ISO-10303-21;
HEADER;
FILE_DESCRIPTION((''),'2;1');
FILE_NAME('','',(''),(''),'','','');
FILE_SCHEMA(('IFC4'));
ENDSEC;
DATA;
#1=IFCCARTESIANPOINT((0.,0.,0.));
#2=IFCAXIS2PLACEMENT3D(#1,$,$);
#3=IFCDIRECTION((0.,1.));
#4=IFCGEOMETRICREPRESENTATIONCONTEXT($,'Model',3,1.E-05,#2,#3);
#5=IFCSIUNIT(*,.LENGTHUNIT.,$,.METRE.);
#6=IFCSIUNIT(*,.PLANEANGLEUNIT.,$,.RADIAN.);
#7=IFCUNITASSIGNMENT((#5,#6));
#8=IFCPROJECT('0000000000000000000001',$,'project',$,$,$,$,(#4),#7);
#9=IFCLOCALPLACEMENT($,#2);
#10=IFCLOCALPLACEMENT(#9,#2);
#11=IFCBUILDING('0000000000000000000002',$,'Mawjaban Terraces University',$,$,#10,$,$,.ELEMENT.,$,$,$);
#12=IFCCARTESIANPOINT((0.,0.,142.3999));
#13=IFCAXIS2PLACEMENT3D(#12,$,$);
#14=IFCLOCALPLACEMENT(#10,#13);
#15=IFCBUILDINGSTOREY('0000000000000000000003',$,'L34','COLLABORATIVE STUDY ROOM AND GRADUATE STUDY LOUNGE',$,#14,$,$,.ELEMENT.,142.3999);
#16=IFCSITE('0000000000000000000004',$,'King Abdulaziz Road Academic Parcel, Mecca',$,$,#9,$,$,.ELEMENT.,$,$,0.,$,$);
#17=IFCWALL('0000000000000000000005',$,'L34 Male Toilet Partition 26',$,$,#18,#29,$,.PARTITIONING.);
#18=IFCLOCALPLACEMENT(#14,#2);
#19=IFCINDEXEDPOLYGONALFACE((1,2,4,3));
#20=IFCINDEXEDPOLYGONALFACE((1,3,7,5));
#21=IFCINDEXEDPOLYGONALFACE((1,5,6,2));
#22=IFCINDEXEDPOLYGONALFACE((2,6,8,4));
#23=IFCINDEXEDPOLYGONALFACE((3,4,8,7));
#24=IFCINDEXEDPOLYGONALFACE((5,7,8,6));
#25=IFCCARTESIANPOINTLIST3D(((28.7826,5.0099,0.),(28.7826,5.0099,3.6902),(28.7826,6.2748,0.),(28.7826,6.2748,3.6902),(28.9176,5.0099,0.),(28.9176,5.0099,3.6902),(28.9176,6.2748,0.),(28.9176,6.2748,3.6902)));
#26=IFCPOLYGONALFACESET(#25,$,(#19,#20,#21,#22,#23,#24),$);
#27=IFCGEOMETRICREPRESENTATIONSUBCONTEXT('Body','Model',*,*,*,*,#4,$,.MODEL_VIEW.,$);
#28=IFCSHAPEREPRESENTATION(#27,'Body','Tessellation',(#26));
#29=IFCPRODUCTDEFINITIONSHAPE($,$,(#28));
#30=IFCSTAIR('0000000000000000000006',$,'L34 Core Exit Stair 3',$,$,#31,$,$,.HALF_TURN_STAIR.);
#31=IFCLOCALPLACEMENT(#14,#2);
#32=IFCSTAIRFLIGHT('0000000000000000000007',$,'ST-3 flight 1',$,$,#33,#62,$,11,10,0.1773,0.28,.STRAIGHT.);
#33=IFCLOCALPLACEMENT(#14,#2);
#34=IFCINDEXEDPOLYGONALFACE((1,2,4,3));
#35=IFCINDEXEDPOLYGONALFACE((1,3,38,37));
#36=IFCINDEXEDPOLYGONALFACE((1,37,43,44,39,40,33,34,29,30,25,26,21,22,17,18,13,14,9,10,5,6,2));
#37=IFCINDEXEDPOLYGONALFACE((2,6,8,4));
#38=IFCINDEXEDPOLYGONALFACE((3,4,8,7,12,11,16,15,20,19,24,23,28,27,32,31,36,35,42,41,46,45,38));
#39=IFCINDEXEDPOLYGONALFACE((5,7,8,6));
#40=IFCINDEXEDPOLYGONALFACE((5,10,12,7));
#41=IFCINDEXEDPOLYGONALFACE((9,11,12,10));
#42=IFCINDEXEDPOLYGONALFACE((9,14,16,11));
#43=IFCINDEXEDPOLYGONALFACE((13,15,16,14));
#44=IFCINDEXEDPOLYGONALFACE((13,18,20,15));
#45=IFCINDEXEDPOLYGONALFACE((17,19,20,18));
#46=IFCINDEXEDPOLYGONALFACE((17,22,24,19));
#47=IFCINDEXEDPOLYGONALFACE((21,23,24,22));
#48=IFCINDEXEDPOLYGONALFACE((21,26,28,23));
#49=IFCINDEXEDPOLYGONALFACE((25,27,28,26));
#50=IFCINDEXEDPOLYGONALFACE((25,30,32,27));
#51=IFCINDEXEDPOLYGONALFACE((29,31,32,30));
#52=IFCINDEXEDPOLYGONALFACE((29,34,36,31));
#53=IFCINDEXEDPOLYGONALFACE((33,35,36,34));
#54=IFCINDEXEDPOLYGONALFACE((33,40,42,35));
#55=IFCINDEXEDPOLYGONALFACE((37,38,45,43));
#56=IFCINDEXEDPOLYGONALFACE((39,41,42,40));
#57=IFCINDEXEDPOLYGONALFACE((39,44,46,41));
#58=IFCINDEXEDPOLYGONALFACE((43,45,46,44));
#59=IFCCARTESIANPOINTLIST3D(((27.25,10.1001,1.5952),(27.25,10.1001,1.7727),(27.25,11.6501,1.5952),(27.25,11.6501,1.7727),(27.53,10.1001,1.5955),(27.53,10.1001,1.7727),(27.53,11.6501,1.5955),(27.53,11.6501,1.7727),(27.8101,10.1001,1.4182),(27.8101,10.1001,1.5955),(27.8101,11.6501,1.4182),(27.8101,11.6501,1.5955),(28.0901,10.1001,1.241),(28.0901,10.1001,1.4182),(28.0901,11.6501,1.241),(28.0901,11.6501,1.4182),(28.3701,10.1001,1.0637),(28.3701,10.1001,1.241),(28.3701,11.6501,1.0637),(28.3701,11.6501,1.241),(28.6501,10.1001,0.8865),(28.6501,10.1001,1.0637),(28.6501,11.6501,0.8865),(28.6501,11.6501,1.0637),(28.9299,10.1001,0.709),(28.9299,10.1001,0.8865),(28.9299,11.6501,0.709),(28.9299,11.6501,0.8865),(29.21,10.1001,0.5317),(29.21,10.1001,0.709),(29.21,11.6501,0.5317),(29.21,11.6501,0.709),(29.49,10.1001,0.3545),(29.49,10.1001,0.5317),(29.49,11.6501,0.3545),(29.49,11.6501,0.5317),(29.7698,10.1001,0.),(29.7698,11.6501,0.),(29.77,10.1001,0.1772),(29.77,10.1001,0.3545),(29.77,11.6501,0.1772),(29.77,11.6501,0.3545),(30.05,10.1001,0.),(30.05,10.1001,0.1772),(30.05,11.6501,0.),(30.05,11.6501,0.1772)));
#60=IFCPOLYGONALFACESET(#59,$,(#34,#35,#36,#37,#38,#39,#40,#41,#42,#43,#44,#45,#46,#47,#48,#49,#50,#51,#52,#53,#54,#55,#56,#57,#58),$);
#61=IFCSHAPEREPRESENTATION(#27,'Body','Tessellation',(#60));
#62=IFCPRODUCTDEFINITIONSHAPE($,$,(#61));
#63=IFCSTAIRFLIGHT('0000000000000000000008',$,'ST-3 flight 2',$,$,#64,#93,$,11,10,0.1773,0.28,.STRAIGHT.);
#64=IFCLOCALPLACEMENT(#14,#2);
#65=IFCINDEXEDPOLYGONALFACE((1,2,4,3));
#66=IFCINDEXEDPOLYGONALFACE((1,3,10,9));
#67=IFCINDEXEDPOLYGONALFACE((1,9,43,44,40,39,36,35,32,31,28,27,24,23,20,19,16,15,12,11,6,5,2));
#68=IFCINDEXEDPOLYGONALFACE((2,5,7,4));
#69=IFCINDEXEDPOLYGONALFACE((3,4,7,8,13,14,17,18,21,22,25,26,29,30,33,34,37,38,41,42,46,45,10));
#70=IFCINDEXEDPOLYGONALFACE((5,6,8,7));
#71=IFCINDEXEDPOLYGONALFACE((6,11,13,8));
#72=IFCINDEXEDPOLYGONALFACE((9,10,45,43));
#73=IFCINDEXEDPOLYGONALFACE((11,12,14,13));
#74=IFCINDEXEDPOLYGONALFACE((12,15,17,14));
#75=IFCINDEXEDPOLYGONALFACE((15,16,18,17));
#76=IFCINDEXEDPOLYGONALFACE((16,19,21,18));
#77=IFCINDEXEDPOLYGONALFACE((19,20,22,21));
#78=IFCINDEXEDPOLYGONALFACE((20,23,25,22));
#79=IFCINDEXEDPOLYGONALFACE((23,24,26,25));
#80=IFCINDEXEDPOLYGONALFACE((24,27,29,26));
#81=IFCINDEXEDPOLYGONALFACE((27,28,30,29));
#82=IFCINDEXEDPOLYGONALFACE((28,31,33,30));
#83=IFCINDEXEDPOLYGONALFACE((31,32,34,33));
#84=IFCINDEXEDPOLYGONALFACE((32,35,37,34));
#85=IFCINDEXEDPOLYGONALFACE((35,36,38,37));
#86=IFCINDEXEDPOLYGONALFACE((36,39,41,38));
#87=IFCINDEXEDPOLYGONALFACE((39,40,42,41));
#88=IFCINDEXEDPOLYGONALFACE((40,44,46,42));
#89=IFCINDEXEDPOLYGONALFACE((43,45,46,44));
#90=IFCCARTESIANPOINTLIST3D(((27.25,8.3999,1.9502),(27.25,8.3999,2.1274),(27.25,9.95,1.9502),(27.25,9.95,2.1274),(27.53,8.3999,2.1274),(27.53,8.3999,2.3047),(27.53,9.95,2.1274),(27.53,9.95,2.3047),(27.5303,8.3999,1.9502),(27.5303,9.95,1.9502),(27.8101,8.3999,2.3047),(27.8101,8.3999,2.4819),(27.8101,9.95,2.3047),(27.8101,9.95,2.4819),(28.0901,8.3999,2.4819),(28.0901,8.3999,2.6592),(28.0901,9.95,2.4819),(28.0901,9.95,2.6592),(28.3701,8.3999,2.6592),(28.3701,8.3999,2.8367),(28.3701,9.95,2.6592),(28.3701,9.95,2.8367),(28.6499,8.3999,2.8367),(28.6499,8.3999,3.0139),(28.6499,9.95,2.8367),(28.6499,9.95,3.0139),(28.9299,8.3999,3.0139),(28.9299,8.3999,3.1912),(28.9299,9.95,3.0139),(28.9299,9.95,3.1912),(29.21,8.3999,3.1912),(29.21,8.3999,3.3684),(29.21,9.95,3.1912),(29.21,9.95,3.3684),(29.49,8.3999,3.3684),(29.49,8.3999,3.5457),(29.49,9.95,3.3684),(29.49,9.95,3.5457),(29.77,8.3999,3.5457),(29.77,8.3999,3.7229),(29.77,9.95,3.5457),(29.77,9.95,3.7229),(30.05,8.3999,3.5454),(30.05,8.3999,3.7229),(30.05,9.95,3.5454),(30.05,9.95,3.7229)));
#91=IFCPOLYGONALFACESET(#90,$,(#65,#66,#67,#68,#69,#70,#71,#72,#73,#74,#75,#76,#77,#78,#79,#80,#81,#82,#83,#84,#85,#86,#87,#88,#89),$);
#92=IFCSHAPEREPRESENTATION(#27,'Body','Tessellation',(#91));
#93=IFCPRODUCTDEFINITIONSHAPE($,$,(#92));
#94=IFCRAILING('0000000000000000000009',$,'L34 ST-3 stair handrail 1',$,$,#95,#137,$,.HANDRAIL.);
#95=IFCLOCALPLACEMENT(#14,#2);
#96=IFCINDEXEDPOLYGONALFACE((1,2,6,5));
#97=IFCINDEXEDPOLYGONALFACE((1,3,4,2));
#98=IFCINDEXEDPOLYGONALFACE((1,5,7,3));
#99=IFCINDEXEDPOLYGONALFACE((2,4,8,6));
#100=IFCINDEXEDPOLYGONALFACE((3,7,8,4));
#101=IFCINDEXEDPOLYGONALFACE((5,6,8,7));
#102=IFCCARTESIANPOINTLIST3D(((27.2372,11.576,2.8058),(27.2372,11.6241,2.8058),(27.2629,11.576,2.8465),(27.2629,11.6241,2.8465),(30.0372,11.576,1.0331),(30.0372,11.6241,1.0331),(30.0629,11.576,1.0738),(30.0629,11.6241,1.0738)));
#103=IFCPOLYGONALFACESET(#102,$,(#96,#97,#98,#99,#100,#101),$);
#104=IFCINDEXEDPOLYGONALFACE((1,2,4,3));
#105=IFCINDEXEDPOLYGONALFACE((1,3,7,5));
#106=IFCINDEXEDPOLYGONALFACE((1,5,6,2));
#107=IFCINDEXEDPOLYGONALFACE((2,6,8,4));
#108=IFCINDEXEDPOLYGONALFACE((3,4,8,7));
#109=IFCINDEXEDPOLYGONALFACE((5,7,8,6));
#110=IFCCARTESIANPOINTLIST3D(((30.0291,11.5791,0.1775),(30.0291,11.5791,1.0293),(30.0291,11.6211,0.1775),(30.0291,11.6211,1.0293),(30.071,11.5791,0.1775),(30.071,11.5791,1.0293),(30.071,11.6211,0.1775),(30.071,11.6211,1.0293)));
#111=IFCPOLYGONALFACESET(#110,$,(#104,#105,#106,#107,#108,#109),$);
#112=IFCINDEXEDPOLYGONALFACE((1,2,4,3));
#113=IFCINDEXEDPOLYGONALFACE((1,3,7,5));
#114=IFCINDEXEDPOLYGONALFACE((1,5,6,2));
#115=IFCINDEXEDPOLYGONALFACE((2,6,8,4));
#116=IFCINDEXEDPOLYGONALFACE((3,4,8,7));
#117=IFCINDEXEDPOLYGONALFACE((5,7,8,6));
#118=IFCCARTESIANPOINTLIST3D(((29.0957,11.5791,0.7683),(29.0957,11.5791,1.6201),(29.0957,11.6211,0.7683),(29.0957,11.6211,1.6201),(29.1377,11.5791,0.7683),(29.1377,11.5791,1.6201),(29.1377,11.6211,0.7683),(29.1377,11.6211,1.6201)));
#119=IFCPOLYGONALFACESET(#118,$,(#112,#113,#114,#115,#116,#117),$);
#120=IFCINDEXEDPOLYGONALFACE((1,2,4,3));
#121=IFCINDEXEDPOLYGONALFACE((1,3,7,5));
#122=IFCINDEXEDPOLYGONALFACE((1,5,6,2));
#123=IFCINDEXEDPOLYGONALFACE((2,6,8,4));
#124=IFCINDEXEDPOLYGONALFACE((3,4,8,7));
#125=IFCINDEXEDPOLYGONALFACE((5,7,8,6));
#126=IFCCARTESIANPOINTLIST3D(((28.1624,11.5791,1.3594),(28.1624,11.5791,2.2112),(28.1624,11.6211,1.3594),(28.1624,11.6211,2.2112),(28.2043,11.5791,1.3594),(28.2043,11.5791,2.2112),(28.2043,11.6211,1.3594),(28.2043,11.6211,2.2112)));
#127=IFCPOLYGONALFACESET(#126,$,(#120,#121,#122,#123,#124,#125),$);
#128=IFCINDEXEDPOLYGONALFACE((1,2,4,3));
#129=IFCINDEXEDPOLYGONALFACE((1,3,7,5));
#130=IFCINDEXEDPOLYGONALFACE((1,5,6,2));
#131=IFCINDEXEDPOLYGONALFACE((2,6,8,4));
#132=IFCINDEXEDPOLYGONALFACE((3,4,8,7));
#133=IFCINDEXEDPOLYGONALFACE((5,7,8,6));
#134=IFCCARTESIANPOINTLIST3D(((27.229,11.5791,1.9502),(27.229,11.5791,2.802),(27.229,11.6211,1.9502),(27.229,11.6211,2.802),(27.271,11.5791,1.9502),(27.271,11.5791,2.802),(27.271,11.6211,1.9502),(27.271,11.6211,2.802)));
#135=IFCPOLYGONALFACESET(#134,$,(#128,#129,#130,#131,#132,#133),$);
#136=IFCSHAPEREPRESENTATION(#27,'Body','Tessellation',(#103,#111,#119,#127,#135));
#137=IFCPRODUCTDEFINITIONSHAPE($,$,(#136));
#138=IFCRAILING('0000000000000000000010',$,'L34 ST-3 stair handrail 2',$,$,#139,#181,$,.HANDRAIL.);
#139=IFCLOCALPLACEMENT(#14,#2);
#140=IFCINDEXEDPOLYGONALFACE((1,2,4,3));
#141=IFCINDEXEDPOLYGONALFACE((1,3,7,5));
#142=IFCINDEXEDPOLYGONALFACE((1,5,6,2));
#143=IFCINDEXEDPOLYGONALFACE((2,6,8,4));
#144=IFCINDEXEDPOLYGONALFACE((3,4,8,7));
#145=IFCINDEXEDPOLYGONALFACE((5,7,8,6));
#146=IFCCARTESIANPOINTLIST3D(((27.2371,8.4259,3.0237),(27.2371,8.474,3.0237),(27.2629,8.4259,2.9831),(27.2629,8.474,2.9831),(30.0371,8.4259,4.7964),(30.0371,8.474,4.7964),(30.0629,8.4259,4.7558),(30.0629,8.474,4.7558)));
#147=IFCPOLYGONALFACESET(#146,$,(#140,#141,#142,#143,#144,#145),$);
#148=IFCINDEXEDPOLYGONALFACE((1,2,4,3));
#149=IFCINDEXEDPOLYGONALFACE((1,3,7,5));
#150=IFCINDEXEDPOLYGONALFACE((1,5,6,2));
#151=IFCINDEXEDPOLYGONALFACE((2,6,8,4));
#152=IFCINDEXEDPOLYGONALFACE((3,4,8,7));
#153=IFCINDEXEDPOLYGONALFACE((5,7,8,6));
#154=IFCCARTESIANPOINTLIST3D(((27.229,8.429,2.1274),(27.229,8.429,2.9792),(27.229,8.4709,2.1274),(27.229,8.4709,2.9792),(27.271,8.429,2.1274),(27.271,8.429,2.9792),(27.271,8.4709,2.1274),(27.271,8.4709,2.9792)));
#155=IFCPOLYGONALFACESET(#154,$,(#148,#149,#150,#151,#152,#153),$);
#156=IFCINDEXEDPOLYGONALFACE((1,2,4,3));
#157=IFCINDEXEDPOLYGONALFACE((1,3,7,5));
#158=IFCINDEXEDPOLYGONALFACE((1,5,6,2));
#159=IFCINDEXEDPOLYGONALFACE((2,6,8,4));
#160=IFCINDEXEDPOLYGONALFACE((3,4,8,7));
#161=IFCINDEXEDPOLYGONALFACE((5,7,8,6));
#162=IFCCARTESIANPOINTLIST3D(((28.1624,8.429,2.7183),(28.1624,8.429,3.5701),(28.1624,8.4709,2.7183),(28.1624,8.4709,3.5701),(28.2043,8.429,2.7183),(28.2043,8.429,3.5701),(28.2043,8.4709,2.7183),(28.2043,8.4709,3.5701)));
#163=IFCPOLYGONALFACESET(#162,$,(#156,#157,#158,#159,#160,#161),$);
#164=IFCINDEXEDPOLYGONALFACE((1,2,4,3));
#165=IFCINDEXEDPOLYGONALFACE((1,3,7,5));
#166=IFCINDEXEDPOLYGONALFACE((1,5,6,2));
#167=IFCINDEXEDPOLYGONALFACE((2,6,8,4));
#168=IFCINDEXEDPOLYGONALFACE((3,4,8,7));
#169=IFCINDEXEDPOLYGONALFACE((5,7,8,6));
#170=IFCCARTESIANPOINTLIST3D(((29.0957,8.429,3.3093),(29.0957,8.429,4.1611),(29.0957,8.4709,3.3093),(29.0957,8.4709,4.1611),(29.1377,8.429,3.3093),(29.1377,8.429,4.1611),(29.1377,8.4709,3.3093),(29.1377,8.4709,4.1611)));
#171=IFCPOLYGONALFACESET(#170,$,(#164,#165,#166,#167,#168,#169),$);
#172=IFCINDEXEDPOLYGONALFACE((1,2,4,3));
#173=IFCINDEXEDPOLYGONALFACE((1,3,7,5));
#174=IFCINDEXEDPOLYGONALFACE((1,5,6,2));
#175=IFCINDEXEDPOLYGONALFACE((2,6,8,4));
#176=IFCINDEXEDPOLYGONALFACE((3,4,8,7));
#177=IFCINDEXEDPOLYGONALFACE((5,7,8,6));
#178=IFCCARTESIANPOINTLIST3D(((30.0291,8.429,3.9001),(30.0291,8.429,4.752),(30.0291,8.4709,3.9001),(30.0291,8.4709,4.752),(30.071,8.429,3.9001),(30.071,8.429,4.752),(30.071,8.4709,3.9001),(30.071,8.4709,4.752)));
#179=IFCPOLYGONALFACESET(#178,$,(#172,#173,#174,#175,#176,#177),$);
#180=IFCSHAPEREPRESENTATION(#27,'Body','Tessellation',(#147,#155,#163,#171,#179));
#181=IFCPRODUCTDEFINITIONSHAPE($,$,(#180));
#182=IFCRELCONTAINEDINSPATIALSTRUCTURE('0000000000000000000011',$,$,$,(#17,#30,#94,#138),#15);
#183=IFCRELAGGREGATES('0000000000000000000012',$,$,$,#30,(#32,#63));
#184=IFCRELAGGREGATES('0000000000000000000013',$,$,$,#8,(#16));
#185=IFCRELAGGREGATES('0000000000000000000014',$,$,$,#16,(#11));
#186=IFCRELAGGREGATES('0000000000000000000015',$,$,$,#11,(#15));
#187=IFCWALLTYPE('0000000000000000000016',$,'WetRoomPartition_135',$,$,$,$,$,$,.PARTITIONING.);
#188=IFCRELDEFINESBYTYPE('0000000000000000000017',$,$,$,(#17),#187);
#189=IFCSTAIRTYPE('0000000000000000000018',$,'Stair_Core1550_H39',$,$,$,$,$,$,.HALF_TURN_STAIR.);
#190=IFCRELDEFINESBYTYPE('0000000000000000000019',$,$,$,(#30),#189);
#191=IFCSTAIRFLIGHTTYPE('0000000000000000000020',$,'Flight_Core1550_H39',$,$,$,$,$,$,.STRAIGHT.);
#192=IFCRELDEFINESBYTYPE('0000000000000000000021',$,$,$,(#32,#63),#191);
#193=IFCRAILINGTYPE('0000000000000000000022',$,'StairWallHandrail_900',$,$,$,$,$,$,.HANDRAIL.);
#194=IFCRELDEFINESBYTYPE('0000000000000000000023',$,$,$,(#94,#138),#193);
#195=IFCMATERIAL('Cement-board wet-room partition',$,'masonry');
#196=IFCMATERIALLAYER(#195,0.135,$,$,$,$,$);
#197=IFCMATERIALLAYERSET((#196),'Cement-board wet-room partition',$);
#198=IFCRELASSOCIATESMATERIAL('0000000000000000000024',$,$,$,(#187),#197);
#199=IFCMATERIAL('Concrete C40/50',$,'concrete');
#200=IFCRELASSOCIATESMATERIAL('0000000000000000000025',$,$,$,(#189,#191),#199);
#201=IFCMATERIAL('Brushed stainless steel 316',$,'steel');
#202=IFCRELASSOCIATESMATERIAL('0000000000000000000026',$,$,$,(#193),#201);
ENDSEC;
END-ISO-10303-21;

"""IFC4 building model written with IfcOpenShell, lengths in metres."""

from ifc_helpers import new_model, si_unit, direction, frame, frame_2d, origin, origin_2d, place, context, subcontext, project, spatial, polyline, rectangle, outline, extrude, material, layer, layer_set, type_object, element, aggregate, save


model = new_model("IFC4")

# Units and contexts
model_context = context("Model", 3, precision=1e-05, world=origin(), true_north=direction((0.0, 1.0)))
body_context = subcontext(model_context, "Body", "Model", "MODEL_VIEW")
ifc_project = project(units=[si_unit("LENGTHUNIT", "METRE"), si_unit("PLANEANGLEUNIT", "RADIAN")], contexts=[model_context])

# Site, building, storey
site_placement = place(None, origin())
site = spatial("IfcSite", under=ifc_project, at=site_placement, Name="King Abdulaziz Road Academic Parcel, Mecca", CompositionType="ELEMENT", RefElevation=0.0)
building_placement = place(site_placement, origin())
building = spatial("IfcBuilding", under=site, at=building_placement, Name="Mawjaban Terraces University", CompositionType="ELEMENT")
storey_placement = place(building_placement, frame((0.0, 0.0, 142.3999)))
storey = spatial("IfcBuildingStorey", under=building, at=storey_placement, Name="L34", Description="COLLABORATIVE STUDY ROOM AND GRADUATE STUDY LOUNGE", CompositionType="ELEMENT", Elevation=142.3999)

# Shared definitions
ifc_material_1 = material(Name="Concrete C40/50", Category="concrete")

# Wall
ifc_material_2 = material(Name="Cement-board wet-room partition", Category="masonry")
ifc_layer_1 = layer(ifc_material_2, 0.135)
ifc_layer_set_1 = layer_set([ifc_layer_1], Name="Cement-board wet-room partition")
wall_type_1 = type_object("IfcWallType", Name="WetRoomPartition_135", PredefinedType="PARTITIONING", material=ifc_layer_set_1)
wall_1_placement = place(storey_placement, frame((28.8501, 5.01, 0.0), z_axis=(0.0, 0.0, 1.0), x_axis=(0.0, 1.0, 0.0)))
element("IfcWall", 1, at=wall_1_placement, inside=storey, type_object=wall_type_1, Name="L34 Male Toilet Partition 26", PredefinedType="PARTITIONING", context=body_context, shape_type="SweptSolid", body=[
    extrude(rectangle(XDim=1.2649, YDim=0.135, at=frame_2d((0.6323, 0.0))), origin(), (0.0, 0.0, 1.0), 3.6902),
])

# Stair, stair flights
stair_type = type_object("IfcStairType", Name="Stair_Core1550_H39", PredefinedType="HALF_TURN_STAIR", material=ifc_material_1)
stair_placement = place(storey_placement, origin())
stair = element("IfcStair", 2, at=stair_placement, inside=storey, type_object=stair_type, Name="L34 Core Exit Stair 3", PredefinedType="HALF_TURN_STAIR")
stair_flight_type = type_object("IfcStairFlightType", Name="Flight_Core1550_H39", PredefinedType="STRAIGHT", material=ifc_material_1)
stair_flight_1_placement = place(storey_placement, frame((30.05, 10.875, 0.0), z_axis=(0.0, 0.0, 1.0), x_axis=(-1.0, 0.0, 0.0)))
stair_flight_1 = element("IfcStairFlight", 3, at=stair_flight_1_placement, type_object=stair_flight_type, Name="ST-3 flight 1", NumberOfRisers=11, NumberOfTreads=10, PredefinedType="STRAIGHT", RiserHeight=0.1773, TreadLength=0.28, context=body_context, shape_type="SweptSolid", body=[
    extrude(outline(polyline([(0.0, 0.0), (0.0, 0.1772), (0.28, 0.1772), (0.28, 0.3545), (0.5601, 0.3545), (0.5601, 0.5317), (0.8401, 0.5317), (0.8401, 0.709), (1.1201, 0.709), (1.1201, 0.8865), (1.3999, 0.8865), (1.3999, 1.0637), (1.6799, 1.0637), (1.6799, 1.241), (1.96, 1.241), (1.96, 1.4182), (2.24, 1.4182), (2.24, 1.5955), (2.52, 1.5955), (2.52, 1.7727), (2.8, 1.7727), (2.8, 1.95), (2.8, 1.5952), (0.2803, 0.0), (0.0, 0.0)])), frame((0.0, 0.7749, 0.0), z_axis=(0.0, -1.0, 0.0), x_axis=(1.0, 0.0, 0.0)), (0.0, 0.0, 1.0), 1.55),
])
stair_flight_2_placement = place(storey_placement, frame((27.25, 9.175, 1.9502), z_axis=(0.0, 0.0, 1.0), x_axis=(1.0, 0.0, 0.0)))
stair_flight_2 = element("IfcStairFlight", 4, at=stair_flight_2_placement, type_object=stair_flight_type, Name="ST-3 flight 2", NumberOfRisers=11, NumberOfTreads=10, PredefinedType="STRAIGHT", RiserHeight=0.1773, TreadLength=0.28, context=body_context, shape_type="SweptSolid", body=[
    extrude(outline(polyline([(0.0, 0.0), (0.0, 0.1772), (0.28, 0.1772), (0.28, 0.3545), (0.5601, 0.3545), (0.5601, 0.5317), (0.8401, 0.5317), (0.8401, 0.709), (1.1201, 0.709), (1.1201, 0.8865), (1.3999, 0.8865), (1.3999, 1.0637), (1.6799, 1.0637), (1.6799, 1.241), (1.96, 1.241), (1.96, 1.4182), (2.24, 1.4182), (2.24, 1.5955), (2.52, 1.5955), (2.52, 1.7727), (2.8, 1.7727), (2.8, 1.95), (2.8, 1.5952), (0.2803, 0.0), (0.0, 0.0)])), frame((0.0, 0.7749, 0.0), z_axis=(0.0, -1.0, 0.0), x_axis=(1.0, 0.0, 0.0)), (0.0, 0.0, 1.0), 1.55),
])
aggregate(stair, [stair_flight_1, stair_flight_2])

# Railings
ifc_material_3 = material(Name="Brushed stainless steel 316", Category="steel")
railing_type_1 = type_object("IfcRailingType", Name="StairWallHandrail_900", PredefinedType="HANDRAIL", material=ifc_material_3)
railing_1_placement = place(storey_placement, frame((30.05, 11.6001, 0.1775)))
element("IfcRailing", 5, at=railing_1_placement, inside=storey, type_object=railing_type_1, Name="L34 ST-3 stair handrail 1", PredefinedType="HANDRAIL", context=body_context, shape_type="SweptSolid", body=[
    extrude(rectangle(XDim=0.0481, YDim=0.0481, at=origin_2d()), frame((0.0, 0.0, 0.876), z_axis=(-0.844909, 0.0, 0.53491), x_axis=(0.0, -1.0, 0.0)), (0.0, 0.0, 1.0), 3.314),
    extrude(rectangle(XDim=0.042, YDim=0.042, at=origin_2d()), origin(), (0.0, 0.0, 1.0), 0.8518),
    extrude(rectangle(XDim=0.042, YDim=0.042, at=origin_2d()), frame((-0.9333, 0.0, 0.5908)), (0.0, 0.0, 1.0), 0.8518),
    extrude(rectangle(XDim=0.042, YDim=0.042, at=origin_2d()), frame((-1.8667, 0.0, 1.1819)), (0.0, 0.0, 1.0), 0.8518),
    extrude(rectangle(XDim=0.042, YDim=0.042, at=origin_2d()), frame((-2.8, 0.0, 1.7727)), (0.0, 0.0, 1.0), 0.8518),
])
railing_2_placement = place(storey_placement, frame((27.25, 8.45, 2.1274)))
element("IfcRailing", 6, at=railing_2_placement, inside=storey, type_object=railing_type_1, Name="L34 ST-3 stair handrail 2", PredefinedType="HANDRAIL", context=body_context, shape_type="SweptSolid", body=[
    extrude(rectangle(XDim=0.0481, YDim=0.0481, at=origin_2d()), frame((0.0, 0.0, 0.876), z_axis=(0.844909, 0.0, 0.53491), x_axis=(0.0, 1.0, 0.0)), (0.0, 0.0, 1.0), 3.314),
    extrude(rectangle(XDim=0.042, YDim=0.042, at=origin_2d()), origin(), (0.0, 0.0, 1.0), 0.8518),
    extrude(rectangle(XDim=0.042, YDim=0.042, at=origin_2d()), frame((0.9333, 0.0, 0.5908)), (0.0, 0.0, 1.0), 0.8518),
    extrude(rectangle(XDim=0.042, YDim=0.042, at=origin_2d()), frame((1.8667, 0.0, 1.1819)), (0.0, 0.0, 1.0), 0.8518),
    extrude(rectangle(XDim=0.042, YDim=0.042, at=origin_2d()), frame((2.8, 0.0, 1.7727)), (0.0, 0.0, 1.0), 0.8518),
])

save(model, "model.ifc")
